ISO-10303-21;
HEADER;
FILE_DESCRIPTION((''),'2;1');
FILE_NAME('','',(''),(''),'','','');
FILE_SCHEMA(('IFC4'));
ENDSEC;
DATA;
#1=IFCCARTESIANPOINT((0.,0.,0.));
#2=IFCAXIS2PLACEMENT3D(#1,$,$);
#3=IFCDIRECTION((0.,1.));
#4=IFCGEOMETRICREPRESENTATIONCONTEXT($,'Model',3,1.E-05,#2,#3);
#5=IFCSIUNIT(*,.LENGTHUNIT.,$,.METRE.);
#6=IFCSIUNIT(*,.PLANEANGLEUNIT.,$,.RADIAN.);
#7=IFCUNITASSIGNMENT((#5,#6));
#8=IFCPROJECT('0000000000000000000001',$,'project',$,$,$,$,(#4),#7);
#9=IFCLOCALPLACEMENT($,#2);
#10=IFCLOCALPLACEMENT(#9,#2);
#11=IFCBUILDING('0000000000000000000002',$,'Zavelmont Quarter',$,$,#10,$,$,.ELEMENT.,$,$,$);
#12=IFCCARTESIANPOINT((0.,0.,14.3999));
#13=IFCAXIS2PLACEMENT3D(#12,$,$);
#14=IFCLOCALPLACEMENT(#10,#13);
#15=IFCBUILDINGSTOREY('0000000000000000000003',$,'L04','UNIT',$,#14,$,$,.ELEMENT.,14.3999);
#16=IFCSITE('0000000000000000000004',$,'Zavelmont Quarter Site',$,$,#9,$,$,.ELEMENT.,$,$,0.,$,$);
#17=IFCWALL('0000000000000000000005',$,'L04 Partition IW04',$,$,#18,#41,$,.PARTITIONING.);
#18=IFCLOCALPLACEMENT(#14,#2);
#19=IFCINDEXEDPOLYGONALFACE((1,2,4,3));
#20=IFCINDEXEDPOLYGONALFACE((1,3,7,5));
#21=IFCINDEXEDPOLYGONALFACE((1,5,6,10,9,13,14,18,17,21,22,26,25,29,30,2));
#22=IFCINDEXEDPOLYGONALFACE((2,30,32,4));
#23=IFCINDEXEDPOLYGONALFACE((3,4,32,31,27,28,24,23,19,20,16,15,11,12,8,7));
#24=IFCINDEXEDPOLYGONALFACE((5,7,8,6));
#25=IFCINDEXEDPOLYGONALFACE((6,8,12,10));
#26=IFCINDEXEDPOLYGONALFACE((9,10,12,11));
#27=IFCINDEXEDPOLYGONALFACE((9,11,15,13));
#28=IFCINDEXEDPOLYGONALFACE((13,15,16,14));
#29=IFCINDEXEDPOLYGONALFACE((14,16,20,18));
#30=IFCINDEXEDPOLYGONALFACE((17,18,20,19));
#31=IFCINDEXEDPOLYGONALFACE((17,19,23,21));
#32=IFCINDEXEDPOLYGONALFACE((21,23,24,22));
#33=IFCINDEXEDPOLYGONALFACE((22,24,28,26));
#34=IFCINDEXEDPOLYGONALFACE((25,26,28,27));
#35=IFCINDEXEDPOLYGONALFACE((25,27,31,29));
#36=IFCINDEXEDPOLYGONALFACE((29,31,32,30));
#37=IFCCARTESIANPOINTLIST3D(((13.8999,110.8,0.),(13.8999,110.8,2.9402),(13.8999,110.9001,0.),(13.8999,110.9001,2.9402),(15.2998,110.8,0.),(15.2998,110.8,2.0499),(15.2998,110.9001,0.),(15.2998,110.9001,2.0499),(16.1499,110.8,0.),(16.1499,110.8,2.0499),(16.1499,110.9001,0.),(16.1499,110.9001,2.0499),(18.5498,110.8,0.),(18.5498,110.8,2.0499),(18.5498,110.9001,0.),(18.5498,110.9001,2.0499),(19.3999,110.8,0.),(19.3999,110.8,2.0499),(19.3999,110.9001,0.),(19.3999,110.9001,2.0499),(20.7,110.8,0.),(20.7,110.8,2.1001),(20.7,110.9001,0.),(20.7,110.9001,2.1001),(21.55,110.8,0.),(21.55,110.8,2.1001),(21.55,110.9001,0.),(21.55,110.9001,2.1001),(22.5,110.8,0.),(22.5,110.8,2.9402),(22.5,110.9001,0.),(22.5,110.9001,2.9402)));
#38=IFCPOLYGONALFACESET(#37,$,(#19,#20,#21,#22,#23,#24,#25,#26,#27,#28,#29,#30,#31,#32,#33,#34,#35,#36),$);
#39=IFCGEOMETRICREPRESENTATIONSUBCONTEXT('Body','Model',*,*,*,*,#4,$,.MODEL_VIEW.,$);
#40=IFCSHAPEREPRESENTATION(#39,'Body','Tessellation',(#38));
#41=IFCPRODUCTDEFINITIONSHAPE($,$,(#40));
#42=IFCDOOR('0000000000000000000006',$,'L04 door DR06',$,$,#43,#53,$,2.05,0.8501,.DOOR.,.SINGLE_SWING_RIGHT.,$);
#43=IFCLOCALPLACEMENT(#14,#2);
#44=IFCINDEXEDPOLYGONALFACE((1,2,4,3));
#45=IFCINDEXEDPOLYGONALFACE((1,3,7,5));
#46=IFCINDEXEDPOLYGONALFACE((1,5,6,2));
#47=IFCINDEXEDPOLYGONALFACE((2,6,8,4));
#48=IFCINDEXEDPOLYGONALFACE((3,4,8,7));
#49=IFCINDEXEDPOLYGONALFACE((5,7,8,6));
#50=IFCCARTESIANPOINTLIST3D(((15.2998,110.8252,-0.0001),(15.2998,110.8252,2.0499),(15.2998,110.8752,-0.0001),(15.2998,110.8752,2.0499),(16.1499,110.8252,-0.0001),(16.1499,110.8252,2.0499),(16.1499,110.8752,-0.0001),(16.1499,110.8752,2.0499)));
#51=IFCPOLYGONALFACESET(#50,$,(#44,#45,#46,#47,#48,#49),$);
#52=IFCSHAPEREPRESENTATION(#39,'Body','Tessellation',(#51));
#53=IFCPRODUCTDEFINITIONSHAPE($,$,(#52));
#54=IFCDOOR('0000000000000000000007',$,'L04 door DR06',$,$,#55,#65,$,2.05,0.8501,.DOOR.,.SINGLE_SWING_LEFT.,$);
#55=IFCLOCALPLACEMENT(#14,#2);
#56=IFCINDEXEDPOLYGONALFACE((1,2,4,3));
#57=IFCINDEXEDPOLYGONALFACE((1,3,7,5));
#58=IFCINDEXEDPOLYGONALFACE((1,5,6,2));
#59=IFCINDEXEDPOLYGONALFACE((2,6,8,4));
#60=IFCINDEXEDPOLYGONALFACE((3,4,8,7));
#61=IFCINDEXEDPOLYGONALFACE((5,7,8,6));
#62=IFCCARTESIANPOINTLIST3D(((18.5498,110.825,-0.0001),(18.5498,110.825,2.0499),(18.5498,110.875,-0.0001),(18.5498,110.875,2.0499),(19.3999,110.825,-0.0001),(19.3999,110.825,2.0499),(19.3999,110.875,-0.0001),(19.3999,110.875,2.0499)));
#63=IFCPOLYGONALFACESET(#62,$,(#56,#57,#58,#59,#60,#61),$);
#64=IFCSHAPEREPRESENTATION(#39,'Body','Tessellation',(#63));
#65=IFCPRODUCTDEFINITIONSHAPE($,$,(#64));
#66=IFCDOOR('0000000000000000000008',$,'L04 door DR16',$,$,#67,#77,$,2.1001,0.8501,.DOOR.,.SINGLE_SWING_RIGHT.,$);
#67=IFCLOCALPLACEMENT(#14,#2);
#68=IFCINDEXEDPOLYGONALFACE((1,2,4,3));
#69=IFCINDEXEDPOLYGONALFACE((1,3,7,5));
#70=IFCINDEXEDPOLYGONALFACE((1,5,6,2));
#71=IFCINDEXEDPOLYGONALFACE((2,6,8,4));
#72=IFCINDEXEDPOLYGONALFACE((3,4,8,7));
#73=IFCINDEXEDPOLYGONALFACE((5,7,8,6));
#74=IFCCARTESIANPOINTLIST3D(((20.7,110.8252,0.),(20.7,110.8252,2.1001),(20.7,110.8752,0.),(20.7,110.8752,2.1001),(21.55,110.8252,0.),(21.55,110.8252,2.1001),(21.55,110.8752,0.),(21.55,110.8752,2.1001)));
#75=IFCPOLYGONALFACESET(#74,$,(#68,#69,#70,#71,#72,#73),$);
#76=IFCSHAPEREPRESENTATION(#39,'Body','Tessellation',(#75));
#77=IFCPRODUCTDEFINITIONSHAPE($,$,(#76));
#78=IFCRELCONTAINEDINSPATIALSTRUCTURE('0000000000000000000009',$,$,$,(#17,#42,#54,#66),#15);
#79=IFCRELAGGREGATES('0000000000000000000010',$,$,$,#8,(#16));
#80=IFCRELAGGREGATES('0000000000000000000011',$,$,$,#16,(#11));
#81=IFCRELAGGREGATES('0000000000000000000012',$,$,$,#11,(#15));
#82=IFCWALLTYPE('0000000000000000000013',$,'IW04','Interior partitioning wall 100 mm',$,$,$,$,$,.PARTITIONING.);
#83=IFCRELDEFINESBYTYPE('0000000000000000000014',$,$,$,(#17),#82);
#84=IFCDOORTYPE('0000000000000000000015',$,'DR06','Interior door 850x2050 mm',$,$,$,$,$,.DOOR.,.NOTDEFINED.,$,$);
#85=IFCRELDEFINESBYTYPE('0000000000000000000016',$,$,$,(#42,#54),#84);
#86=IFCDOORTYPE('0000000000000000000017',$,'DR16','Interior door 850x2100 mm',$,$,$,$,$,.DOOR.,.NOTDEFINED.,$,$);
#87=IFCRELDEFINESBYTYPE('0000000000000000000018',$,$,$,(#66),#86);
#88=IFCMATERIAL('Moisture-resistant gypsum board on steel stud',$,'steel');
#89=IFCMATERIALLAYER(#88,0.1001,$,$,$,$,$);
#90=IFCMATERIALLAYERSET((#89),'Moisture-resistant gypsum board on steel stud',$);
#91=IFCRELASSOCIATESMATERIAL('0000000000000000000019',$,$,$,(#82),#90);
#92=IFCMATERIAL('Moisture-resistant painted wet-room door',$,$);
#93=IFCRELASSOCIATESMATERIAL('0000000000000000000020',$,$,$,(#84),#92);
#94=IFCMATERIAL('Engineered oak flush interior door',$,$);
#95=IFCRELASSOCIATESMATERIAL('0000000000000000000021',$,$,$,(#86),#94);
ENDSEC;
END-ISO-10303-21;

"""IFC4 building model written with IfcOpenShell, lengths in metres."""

from ifc_helpers import new_model, si_unit, direction, frame, frame_2d, origin, origin_with_axes, place, context, subcontext, project, spatial, rectangle, extrude, material, layer, layer_set, type_object, element, fill, save


model = new_model("IFC4")

# Units and contexts
model_context = context("Model", 3, precision=1e-05, world=origin(), true_north=direction((0.0, 1.0)))
body_context = subcontext(model_context, "Body", "Model", "MODEL_VIEW")
ifc_project = project(units=[si_unit("LENGTHUNIT", "METRE"), si_unit("PLANEANGLEUNIT", "RADIAN")], contexts=[model_context])

# Site, building, storey
site_placement = place(None, origin())
site = spatial("IfcSite", under=ifc_project, at=site_placement, Name="Zavelmont Quarter Site", CompositionType="ELEMENT", RefElevation=0.0)
building_placement = place(site_placement, origin())
building = spatial("IfcBuilding", under=site, at=building_placement, Name="Zavelmont Quarter", CompositionType="ELEMENT")
storey_placement = place(building_placement, frame((0.0, 0.0, 14.3999)))
storey = spatial("IfcBuildingStorey", under=building, at=storey_placement, Name="L04", Description="UNIT", CompositionType="ELEMENT", Elevation=14.3999)

# Shared definitions
ifc_material_1 = material(Name="Engineered oak flush interior door")

# Shared definitions
ifc_material_2 = material(Name="Moisture-resistant gypsum board on steel stud", Category="steel")
ifc_layer_1 = layer(ifc_material_2, 0.1001)
ifc_layer_set_1 = layer_set([ifc_layer_1], Name="Moisture-resistant gypsum board on steel stud")
wall_type_1 = type_object("IfcWallType", Name="IW04", Description="Interior partitioning wall 100 mm", PredefinedType="PARTITIONING", material=ifc_layer_set_1)

# Wall, openings, doors
wall_1_placement = place(storey_placement, frame((13.8999, 110.8501, 0.0), z_axis=(0.0, 0.0, 1.0), x_axis=(1.0, 0.0, 0.0)))
wall_1 = element("IfcWall", 1, at=wall_1_placement, inside=storey, type_object=wall_type_1, Name="L04 Partition IW04", PredefinedType="PARTITIONING", context=body_context, shape_type="SweptSolid", body=[
    extrude(rectangle(XDim=8.6001, YDim=0.1001, at=frame_2d((4.3, 0.0))), origin(), (0.0, 0.0, 1.0), 2.9402),
])
opening_1_placement = place(wall_1_placement, frame((1.3999, 0.0, 0.0)))
opening_1 = element("IfcOpeningElement", 2, at=opening_1_placement, cuts=wall_1, PredefinedType="OPENING", context=body_context, shape_type="SweptSolid", body=[
    extrude(rectangle(XDim=0.8501, YDim=2.05, at=frame_2d((0.425, 1.0249))), frame((0.0, 0.062, 0.0), z_axis=(0.0, -1.0, 0.0), x_axis=(1.0, 0.0, 0.0)), (0.0, 0.0, 1.0), 0.124),
])
opening_2_placement = place(wall_1_placement, frame((4.6499, 0.0, 0.0)))
opening_2 = element("IfcOpeningElement", 3, at=opening_2_placement, cuts=wall_1, PredefinedType="OPENING", context=body_context, shape_type="SweptSolid", body=[
    extrude(rectangle(XDim=0.8501, YDim=2.05, at=frame_2d((0.425, 1.0249))), frame((0.0, 0.062, 0.0), z_axis=(0.0, -1.0, 0.0), x_axis=(1.0, 0.0, 0.0)), (0.0, 0.0, 1.0), 0.124),
])
opening_3_placement = place(wall_1_placement, frame((6.8, 0.0, 0.0)))
opening_3 = element("IfcOpeningElement", 4, at=opening_3_placement, cuts=wall_1, PredefinedType="OPENING", context=body_context, shape_type="SweptSolid", body=[
    extrude(rectangle(XDim=0.8501, YDim=2.1001, at=frame_2d((0.425, 1.05))), frame((0.0, 0.062, 0.0), z_axis=(0.0, -1.0, 0.0), x_axis=(1.0, 0.0, 0.0)), (0.0, 0.0, 1.0), 0.124),
])
ifc_material_3 = material(Name="Moisture-resistant painted wet-room door")
door_type_1 = type_object("IfcDoorType", Name="DR06", Description="Interior door 850x2050 mm", OperationType="NOTDEFINED", PredefinedType="DOOR", material=ifc_material_3)
door_1_placement = place(opening_1_placement, frame((0.8501, 0.0, 0.0), z_axis=(0.0, 0.0, 1.0), x_axis=(-1.0, 0.0, 0.0)))
door_1 = element("IfcDoor", 5, at=door_1_placement, inside=storey, type_object=door_type_1, Name="L04 door DR06", OperationType="SINGLE_SWING_RIGHT", OverallHeight=2.05, OverallWidth=0.8501, PredefinedType="DOOR", context=body_context, shape_type="SweptSolid", body=[
    extrude(rectangle(XDim=0.8501, YDim=2.05, at=frame_2d((0.425, 1.0249))), frame((0.0, 0.0249, 0.0), z_axis=(0.0, -1.0, 0.0), x_axis=(1.0, 0.0, 0.0)), (0.0, 0.0, 1.0), 0.05),
])
fill(opening_1, door_1)
door_2_placement = place(opening_2_placement, origin_with_axes())
door_2 = element("IfcDoor", 6, at=door_2_placement, inside=storey, type_object=door_type_1, Name="L04 door DR06", OperationType="SINGLE_SWING_LEFT", OverallHeight=2.05, OverallWidth=0.8501, PredefinedType="DOOR", context=body_context, shape_type="SweptSolid", body=[
    extrude(rectangle(XDim=0.8501, YDim=2.05, at=frame_2d((0.425, 1.0249))), frame((0.0, 0.0249, 0.0), z_axis=(0.0, -1.0, 0.0), x_axis=(1.0, 0.0, 0.0)), (0.0, 0.0, 1.0), 0.05),
])
fill(opening_2, door_2)
door_type_2 = type_object("IfcDoorType", Name="DR16", Description="Interior door 850x2100 mm", OperationType="NOTDEFINED", PredefinedType="DOOR", material=ifc_material_1)
door_3_placement = place(opening_3_placement, frame((0.8501, 0.0, 0.0), z_axis=(0.0, 0.0, 1.0), x_axis=(-1.0, 0.0, 0.0)))
door_3 = element("IfcDoor", 7, at=door_3_placement, inside=storey, type_object=door_type_2, Name="L04 door DR16", OperationType="SINGLE_SWING_RIGHT", OverallHeight=2.1001, OverallWidth=0.8501, PredefinedType="DOOR", context=body_context, shape_type="SweptSolid", body=[
    extrude(rectangle(XDim=0.8501, YDim=2.1001, at=frame_2d((0.425, 1.05))), frame((0.0, 0.0249, 0.0), z_axis=(0.0, -1.0, 0.0), x_axis=(1.0, 0.0, 0.0)), (0.0, 0.0, 1.0), 0.05),
])
fill(opening_3, door_3)

save(model, "model.ifc")
